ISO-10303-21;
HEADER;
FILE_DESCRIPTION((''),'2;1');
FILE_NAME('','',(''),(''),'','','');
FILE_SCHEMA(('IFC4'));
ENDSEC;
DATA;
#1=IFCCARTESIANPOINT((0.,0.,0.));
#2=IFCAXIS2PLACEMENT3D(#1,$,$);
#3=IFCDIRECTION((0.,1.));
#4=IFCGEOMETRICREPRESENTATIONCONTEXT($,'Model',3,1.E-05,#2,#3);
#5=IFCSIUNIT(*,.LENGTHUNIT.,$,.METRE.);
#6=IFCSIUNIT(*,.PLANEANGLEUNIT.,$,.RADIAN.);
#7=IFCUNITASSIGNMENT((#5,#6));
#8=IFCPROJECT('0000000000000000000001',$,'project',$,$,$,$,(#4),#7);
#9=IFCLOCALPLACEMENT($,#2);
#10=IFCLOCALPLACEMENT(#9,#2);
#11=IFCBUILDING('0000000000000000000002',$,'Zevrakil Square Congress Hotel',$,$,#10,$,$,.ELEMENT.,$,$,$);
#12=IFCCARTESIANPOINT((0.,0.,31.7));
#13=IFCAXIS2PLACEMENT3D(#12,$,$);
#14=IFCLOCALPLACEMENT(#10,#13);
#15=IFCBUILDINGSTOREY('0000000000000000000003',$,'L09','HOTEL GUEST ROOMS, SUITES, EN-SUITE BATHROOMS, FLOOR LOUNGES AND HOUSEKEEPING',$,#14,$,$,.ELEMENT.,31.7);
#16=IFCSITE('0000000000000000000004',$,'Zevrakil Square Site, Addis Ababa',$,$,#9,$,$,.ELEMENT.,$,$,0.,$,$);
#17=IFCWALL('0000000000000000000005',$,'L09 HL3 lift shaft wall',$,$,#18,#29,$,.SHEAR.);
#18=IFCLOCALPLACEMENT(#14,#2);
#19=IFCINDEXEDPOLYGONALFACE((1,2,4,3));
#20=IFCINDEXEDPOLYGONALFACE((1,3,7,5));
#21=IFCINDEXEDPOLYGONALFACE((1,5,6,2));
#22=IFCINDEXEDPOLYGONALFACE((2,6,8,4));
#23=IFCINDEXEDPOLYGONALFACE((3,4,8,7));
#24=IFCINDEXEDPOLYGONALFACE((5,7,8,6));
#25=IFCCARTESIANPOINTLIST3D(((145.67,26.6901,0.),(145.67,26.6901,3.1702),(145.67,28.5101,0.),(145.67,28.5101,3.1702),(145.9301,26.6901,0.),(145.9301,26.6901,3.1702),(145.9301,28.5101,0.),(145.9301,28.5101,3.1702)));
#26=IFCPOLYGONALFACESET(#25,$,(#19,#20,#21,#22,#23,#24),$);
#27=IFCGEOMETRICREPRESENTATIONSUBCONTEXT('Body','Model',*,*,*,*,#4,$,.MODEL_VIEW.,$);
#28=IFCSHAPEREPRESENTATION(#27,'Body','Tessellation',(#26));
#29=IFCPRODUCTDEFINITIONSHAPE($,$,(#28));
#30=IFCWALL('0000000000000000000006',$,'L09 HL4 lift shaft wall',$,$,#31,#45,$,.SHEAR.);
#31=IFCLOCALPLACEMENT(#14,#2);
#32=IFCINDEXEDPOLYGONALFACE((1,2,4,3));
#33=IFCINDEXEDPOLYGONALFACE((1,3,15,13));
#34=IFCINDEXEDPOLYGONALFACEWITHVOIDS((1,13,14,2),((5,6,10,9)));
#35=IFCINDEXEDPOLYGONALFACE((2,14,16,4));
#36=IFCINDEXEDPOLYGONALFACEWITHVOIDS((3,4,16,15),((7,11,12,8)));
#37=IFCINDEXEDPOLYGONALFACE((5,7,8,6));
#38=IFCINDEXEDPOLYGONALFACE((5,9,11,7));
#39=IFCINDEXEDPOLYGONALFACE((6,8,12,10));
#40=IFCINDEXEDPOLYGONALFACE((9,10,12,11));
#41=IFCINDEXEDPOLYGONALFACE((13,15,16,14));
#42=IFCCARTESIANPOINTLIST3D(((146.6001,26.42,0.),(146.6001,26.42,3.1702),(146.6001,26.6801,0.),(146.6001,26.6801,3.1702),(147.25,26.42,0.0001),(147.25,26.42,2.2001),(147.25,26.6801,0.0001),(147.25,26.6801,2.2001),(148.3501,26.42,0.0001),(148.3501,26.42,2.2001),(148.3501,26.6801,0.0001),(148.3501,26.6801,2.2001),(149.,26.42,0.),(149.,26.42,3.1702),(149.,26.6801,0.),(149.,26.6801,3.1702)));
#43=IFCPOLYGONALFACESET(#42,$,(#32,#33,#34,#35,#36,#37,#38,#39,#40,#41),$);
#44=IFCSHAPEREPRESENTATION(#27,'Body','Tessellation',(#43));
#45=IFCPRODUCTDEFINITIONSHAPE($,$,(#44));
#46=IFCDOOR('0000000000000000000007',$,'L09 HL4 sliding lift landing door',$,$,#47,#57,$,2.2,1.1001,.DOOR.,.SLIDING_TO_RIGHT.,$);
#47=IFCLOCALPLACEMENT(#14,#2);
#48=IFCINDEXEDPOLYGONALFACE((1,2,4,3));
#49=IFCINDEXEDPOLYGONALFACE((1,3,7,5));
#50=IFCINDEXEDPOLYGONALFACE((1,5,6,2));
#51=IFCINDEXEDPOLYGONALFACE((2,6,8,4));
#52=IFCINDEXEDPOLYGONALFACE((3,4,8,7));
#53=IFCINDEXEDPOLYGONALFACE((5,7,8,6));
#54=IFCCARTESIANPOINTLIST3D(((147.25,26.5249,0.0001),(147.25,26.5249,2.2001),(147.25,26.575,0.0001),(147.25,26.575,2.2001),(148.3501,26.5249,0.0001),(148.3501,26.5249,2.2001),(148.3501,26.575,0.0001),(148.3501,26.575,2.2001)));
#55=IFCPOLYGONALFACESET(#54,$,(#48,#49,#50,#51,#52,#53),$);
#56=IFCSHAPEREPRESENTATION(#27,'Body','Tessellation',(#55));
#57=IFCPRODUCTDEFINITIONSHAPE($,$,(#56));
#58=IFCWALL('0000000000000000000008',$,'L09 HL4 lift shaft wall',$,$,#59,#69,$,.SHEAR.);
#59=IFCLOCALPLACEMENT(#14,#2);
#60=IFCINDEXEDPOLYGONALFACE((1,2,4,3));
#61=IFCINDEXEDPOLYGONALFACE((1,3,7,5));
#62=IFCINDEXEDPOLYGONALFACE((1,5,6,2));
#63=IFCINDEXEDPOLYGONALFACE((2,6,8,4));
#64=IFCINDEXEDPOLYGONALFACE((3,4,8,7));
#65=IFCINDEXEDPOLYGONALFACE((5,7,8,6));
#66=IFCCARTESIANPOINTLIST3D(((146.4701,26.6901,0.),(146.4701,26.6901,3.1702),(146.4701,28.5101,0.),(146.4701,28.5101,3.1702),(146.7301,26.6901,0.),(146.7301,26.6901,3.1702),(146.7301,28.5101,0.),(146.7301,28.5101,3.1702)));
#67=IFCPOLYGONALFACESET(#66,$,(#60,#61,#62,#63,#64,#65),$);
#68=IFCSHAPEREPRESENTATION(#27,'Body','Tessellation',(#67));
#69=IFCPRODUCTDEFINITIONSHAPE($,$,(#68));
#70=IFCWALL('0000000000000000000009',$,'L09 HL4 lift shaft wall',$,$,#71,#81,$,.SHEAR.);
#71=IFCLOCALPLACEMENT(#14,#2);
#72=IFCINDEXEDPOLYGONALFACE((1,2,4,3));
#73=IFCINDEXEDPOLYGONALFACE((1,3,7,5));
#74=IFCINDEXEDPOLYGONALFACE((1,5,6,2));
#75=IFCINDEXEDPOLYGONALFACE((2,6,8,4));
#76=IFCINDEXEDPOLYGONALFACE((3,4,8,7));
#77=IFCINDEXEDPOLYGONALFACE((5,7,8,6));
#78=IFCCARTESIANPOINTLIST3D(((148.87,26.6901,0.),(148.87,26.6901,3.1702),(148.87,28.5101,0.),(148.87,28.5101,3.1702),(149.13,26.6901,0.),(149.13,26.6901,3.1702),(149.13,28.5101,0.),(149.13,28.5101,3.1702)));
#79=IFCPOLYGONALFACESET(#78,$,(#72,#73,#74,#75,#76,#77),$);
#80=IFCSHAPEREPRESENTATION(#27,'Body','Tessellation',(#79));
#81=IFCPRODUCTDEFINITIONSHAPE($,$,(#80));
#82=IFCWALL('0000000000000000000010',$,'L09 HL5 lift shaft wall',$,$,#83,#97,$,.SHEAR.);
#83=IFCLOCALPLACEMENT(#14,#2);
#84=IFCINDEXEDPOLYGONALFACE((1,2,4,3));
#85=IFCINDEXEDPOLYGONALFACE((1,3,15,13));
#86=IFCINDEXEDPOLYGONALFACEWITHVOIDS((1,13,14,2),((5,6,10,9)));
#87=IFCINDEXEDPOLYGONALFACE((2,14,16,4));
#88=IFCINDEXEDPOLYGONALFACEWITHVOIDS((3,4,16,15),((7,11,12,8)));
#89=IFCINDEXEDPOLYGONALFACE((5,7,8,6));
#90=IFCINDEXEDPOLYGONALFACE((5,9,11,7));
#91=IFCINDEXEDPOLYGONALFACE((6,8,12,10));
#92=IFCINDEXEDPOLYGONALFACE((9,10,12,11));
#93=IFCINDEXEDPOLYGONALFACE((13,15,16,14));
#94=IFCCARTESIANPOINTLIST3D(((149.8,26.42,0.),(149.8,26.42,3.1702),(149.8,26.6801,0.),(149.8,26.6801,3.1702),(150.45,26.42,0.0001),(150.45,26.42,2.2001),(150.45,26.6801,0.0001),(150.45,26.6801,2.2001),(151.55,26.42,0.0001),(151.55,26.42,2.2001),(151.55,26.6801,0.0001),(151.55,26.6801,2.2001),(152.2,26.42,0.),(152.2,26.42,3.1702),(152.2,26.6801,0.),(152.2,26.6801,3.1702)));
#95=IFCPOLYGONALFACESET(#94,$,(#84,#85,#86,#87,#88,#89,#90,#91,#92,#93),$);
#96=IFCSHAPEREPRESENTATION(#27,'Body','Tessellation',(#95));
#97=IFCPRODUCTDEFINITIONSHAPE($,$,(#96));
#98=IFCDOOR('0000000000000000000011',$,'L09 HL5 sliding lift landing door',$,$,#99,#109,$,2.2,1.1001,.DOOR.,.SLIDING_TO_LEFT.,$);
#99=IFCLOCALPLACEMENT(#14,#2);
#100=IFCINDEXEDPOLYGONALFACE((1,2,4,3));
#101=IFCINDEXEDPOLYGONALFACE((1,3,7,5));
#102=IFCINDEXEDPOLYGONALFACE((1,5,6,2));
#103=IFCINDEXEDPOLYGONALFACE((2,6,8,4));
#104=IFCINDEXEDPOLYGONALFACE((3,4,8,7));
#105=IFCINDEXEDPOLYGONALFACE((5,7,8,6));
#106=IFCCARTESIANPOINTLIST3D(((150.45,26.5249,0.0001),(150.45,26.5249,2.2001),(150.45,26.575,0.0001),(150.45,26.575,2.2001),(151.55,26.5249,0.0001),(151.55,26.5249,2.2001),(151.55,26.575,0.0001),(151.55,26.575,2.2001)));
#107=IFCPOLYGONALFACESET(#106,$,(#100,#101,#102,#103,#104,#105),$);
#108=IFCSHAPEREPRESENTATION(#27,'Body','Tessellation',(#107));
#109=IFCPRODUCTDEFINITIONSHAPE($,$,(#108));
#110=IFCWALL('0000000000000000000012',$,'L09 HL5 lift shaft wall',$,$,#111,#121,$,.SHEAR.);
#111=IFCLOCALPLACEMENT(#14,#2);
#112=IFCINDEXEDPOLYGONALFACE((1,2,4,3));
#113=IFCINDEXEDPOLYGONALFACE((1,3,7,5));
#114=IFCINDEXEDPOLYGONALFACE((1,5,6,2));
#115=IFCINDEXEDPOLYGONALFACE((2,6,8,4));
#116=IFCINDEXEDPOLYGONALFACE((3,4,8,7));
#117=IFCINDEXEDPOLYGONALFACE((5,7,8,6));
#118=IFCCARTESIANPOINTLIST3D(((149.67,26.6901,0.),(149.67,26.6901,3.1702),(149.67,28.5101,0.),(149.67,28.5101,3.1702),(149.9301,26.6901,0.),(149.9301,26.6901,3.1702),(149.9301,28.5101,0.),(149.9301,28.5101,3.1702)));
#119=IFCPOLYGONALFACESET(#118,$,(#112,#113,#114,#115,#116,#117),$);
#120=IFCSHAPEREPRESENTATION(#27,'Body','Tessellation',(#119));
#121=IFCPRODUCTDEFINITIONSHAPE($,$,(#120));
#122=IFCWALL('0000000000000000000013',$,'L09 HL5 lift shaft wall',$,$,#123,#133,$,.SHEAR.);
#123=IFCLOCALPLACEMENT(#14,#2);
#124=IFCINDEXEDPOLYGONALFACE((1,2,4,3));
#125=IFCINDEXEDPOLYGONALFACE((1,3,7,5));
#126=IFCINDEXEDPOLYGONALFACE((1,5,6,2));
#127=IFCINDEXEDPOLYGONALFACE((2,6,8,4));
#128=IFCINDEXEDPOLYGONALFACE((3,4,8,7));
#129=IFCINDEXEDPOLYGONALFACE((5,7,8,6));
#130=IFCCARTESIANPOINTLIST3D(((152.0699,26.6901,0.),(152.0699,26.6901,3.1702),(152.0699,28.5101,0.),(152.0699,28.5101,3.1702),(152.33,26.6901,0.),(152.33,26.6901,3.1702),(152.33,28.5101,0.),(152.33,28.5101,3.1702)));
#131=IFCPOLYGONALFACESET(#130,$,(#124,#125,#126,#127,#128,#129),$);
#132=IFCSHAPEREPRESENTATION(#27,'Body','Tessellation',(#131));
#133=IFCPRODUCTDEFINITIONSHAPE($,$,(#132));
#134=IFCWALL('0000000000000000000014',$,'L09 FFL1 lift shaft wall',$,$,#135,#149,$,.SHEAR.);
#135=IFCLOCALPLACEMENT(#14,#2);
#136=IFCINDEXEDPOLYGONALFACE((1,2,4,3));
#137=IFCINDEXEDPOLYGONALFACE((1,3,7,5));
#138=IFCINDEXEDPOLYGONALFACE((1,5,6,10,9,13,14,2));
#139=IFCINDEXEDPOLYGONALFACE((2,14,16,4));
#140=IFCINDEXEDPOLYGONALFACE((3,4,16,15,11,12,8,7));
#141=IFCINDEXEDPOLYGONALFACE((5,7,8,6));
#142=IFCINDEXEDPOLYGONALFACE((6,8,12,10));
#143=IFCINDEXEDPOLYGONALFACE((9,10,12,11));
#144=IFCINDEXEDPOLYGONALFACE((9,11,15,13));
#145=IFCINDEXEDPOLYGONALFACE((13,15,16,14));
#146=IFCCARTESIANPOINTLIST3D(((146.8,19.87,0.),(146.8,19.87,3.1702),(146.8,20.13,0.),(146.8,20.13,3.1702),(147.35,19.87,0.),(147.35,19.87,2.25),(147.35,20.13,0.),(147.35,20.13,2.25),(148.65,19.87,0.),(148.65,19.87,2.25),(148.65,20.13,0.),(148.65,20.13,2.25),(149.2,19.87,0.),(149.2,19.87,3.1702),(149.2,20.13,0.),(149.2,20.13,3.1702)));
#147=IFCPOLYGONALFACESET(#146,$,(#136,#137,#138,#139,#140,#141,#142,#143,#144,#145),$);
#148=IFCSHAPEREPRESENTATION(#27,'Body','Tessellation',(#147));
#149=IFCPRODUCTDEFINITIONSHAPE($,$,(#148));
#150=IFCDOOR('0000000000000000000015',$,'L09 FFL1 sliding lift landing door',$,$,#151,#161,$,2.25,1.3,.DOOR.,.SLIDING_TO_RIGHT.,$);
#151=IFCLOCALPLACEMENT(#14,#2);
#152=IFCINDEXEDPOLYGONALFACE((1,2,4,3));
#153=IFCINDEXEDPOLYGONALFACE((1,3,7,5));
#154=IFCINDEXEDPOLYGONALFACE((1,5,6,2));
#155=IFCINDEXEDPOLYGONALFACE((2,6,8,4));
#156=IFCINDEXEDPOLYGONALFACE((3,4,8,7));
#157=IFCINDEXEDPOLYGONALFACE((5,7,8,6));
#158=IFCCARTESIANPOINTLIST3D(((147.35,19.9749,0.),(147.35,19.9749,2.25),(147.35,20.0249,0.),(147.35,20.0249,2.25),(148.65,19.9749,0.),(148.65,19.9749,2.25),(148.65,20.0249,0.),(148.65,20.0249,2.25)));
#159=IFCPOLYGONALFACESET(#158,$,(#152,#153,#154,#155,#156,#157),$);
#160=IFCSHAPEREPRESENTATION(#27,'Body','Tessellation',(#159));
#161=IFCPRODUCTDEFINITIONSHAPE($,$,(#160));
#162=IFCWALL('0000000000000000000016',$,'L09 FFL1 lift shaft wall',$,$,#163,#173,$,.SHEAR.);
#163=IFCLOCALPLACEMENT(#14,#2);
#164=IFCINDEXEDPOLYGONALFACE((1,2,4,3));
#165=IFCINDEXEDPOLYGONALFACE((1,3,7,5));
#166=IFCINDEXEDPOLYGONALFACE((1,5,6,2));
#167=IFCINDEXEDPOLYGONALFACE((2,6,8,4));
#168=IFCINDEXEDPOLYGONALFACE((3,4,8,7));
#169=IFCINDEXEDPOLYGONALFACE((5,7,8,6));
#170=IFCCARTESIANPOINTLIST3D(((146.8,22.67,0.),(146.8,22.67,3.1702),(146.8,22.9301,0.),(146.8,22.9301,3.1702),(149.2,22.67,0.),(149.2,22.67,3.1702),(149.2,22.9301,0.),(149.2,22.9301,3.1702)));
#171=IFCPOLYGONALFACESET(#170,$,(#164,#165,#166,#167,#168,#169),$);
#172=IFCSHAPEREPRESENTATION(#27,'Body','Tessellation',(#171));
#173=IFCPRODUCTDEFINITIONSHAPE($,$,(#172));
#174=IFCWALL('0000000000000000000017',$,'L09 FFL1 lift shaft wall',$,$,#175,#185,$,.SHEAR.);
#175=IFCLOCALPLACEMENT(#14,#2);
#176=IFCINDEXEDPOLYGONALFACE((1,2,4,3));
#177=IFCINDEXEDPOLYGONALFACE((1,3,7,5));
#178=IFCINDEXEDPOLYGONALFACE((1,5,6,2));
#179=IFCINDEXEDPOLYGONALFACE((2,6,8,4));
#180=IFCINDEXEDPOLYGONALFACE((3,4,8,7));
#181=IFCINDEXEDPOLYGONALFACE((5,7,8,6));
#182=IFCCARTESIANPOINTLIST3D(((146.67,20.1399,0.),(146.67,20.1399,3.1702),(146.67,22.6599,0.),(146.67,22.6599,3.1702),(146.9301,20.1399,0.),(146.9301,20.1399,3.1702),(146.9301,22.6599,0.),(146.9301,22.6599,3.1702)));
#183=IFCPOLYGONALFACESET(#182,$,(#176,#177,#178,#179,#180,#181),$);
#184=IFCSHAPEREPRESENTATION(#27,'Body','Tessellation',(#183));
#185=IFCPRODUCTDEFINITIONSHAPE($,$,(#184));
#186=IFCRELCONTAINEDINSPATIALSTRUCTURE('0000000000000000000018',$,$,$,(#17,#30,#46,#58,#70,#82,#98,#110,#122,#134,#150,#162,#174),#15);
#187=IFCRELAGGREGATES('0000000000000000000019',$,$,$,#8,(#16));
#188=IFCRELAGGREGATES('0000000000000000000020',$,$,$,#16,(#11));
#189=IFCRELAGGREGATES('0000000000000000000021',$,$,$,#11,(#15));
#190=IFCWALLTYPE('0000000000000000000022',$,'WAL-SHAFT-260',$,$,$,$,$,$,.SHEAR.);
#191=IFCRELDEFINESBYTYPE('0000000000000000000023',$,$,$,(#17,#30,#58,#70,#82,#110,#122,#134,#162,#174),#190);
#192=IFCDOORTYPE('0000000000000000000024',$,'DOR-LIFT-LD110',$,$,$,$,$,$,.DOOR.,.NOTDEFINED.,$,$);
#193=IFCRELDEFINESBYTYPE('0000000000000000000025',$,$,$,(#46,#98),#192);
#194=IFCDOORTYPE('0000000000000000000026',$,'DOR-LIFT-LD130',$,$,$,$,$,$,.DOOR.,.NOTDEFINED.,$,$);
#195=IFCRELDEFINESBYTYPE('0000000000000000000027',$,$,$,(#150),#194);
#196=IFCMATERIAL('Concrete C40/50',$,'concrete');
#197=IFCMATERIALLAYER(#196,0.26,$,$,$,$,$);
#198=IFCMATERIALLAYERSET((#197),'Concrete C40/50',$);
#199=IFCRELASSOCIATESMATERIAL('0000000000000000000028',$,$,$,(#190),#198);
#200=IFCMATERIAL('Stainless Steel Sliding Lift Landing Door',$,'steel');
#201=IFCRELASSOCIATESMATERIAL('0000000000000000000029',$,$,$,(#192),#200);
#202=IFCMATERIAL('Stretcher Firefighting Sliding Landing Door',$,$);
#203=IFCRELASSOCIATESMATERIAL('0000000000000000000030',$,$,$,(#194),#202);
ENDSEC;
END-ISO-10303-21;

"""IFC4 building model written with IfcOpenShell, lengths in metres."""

from ifc_helpers import new_model, si_unit, direction, frame, frame_2d, origin, place, context, subcontext, project, spatial, rectangle, extrude, material, layer, layer_set, type_object, element, fill, save


model = new_model("IFC4")

# Units and contexts
model_context = context("Model", 3, precision=1e-05, world=origin(), true_north=direction((0.0, 1.0)))
body_context = subcontext(model_context, "Body", "Model", "MODEL_VIEW")
ifc_project = project(units=[si_unit("LENGTHUNIT", "METRE"), si_unit("PLANEANGLEUNIT", "RADIAN")], contexts=[model_context])

# Site, building, storey
site_placement = place(None, origin())
site = spatial("IfcSite", under=ifc_project, at=site_placement, Name="Zevrakil Square Site, Addis Ababa", CompositionType="ELEMENT", RefElevation=0.0)
building_placement = place(site_placement, origin())
building = spatial("IfcBuilding", under=site, at=building_placement, Name="Zevrakil Square Congress Hotel", CompositionType="ELEMENT")
storey_placement = place(building_placement, frame((0.0, 0.0, 31.7)))
storey = spatial("IfcBuildingStorey", under=building, at=storey_placement, Name="L09", Description="HOTEL GUEST ROOMS, SUITES, EN-SUITE BATHROOMS, FLOOR LOUNGES AND HOUSEKEEPING", CompositionType="ELEMENT", Elevation=31.7)

# Wall
ifc_material_1 = material(Name="Concrete C40/50", Category="concrete")
ifc_layer_1 = layer(ifc_material_1, 0.26)
ifc_layer_set_1 = layer_set([ifc_layer_1], Name="Concrete C40/50")
wall_type_1 = type_object("IfcWallType", Name="WAL-SHAFT-260", PredefinedType="SHEAR", material=ifc_layer_set_1)
wall_1_placement = place(storey_placement, frame((145.8, 26.6899, 0.0), z_axis=(0.0, 0.0, 1.0), x_axis=(0.0, 1.0, 0.0)))
element("IfcWall", 1, at=wall_1_placement, inside=storey, type_object=wall_type_1, Name="L09 HL3 lift shaft wall", PredefinedType="SHEAR", context=body_context, shape_type="SweptSolid", body=[
    extrude(rectangle(XDim=1.8201, YDim=0.26, at=frame_2d((0.9102, 0.0))), origin(), (0.0, 0.0, 1.0), 3.1702),
])

# Wall, opening, door
wall_2_placement = place(storey_placement, frame((146.6001, 26.55, 0.0), z_axis=(0.0, 0.0, 1.0), x_axis=(1.0, 0.0, 0.0)))
wall_2 = element("IfcWall", 2, at=wall_2_placement, inside=storey, type_object=wall_type_1, Name="L09 HL4 lift shaft wall", PredefinedType="SHEAR", context=body_context, shape_type="SweptSolid", body=[
    extrude(rectangle(XDim=2.3999, YDim=0.26, at=frame_2d((1.2, 0.0))), origin(), (0.0, 0.0, 1.0), 3.1702),
])
opening_1_placement = place(wall_2_placement, frame((0.6499, 0.0, 0.0)))
opening_1 = element("IfcOpeningElement", 3, at=opening_1_placement, cuts=wall_2, PredefinedType="OPENING", context=body_context, shape_type="SweptSolid", body=[
    extrude(rectangle(XDim=1.1001, YDim=2.2, at=frame_2d((0.55, 1.1001))), frame((0.0, 0.1401, 0.0), z_axis=(0.0, -1.0, 0.0), x_axis=(1.0, 0.0, 0.0)), (0.0, 0.0, 1.0), 0.28),
])
ifc_material_2 = material(Name="Stainless Steel Sliding Lift Landing Door", Category="steel")
door_type_1 = type_object("IfcDoorType", Name="DOR-LIFT-LD110", OperationType="NOTDEFINED", PredefinedType="DOOR", material=ifc_material_2)
door_1_placement = place(opening_1_placement, origin())
door_1 = element("IfcDoor", 4, at=door_1_placement, inside=storey, type_object=door_type_1, Name="L09 HL4 sliding lift landing door", OperationType="SLIDING_TO_RIGHT", OverallHeight=2.2, OverallWidth=1.1001, PredefinedType="DOOR", context=body_context, shape_type="SweptSolid", body=[
    extrude(rectangle(XDim=1.1001, YDim=2.2, at=frame_2d((0.55, 1.1001))), frame((0.0, 0.0249, 0.0), z_axis=(0.0, -1.0, 0.0), x_axis=(1.0, 0.0, 0.0)), (0.0, 0.0, 1.0), 0.05),
])
fill(opening_1, door_1)

# Walls
for number, where, z_axis, x_axis, name in (
    (5, (146.6001, 26.6899, 0.0), (0.0, 0.0, 1.0), (0.0, 1.0, 0.0), "L09 HL4 lift shaft wall"),
    (6, (149.0, 26.6899, 0.0), (0.0, 0.0, 1.0), (0.0, 1.0, 0.0), "L09 HL4 lift shaft wall"),
):
    element("IfcWall", number, at=place(storey_placement, frame(where, z_axis=z_axis, x_axis=x_axis)), inside=storey, type_object=wall_type_1, Name=name, PredefinedType="SHEAR", context=body_context, shape_type="SweptSolid", body=[
        extrude(rectangle(XDim=1.8201, YDim=0.26, at=frame_2d((0.9102, 0.0))), origin(), (0.0, 0.0, 1.0), 3.1702),
    ])

# Wall, opening, door
wall_3_placement = place(storey_placement, frame((149.8, 26.55, 0.0), z_axis=(0.0, 0.0, 1.0), x_axis=(1.0, 0.0, 0.0)))
wall_3 = element("IfcWall", 7, at=wall_3_placement, inside=storey, type_object=wall_type_1, Name="L09 HL5 lift shaft wall", PredefinedType="SHEAR", context=body_context, shape_type="SweptSolid", body=[
    extrude(rectangle(XDim=2.3999, YDim=0.26, at=frame_2d((1.2, 0.0))), origin(), (0.0, 0.0, 1.0), 3.1702),
])
opening_2_placement = place(wall_3_placement, frame((0.6499, 0.0, 0.0)))
opening_2 = element("IfcOpeningElement", 8, at=opening_2_placement, cuts=wall_3, PredefinedType="OPENING", context=body_context, shape_type="SweptSolid", body=[
    extrude(rectangle(XDim=1.1001, YDim=2.2, at=frame_2d((0.55, 1.1001))), frame((0.0, 0.1401, 0.0), z_axis=(0.0, -1.0, 0.0), x_axis=(1.0, 0.0, 0.0)), (0.0, 0.0, 1.0), 0.28),
])
door_2_placement = place(opening_2_placement, origin())
door_2 = element("IfcDoor", 9, at=door_2_placement, inside=storey, type_object=door_type_1, Name="L09 HL5 sliding lift landing door", OperationType="SLIDING_TO_LEFT", OverallHeight=2.2, OverallWidth=1.1001, PredefinedType="DOOR", context=body_context, shape_type="SweptSolid", body=[
    extrude(rectangle(XDim=1.1001, YDim=2.2, at=frame_2d((0.55, 1.1001))), frame((0.0, 0.0249, 0.0), z_axis=(0.0, -1.0, 0.0), x_axis=(1.0, 0.0, 0.0)), (0.0, 0.0, 1.0), 0.05),
])
fill(opening_2, door_2)

# Walls
for number, where, z_axis, x_axis, name in (
    (10, (149.8, 26.6899, 0.0), (0.0, 0.0, 1.0), (0.0, 1.0, 0.0), "L09 HL5 lift shaft wall"),
    (11, (152.2, 26.6899, 0.0), (0.0, 0.0, 1.0), (0.0, 1.0, 0.0), "L09 HL5 lift shaft wall"),
):
    element("IfcWall", number, at=place(storey_placement, frame(where, z_axis=z_axis, x_axis=x_axis)), inside=storey, type_object=wall_type_1, Name=name, PredefinedType="SHEAR", context=body_context, shape_type="SweptSolid", body=[
        extrude(rectangle(XDim=1.8201, YDim=0.26, at=frame_2d((0.9102, 0.0))), origin(), (0.0, 0.0, 1.0), 3.1702),
    ])

# Wall, opening, door
wall_4_placement = place(storey_placement, frame((146.8, 20.0, 0.0), z_axis=(0.0, 0.0, 1.0), x_axis=(1.0, 0.0, 0.0)))
wall_4 = element("IfcWall", 12, at=wall_4_placement, inside=storey, type_object=wall_type_1, Name="L09 FFL1 lift shaft wall", PredefinedType="SHEAR", context=body_context, shape_type="SweptSolid", body=[
    extrude(rectangle(XDim=2.3999, YDim=0.26, at=frame_2d((1.2, 0.0))), origin(), (0.0, 0.0, 1.0), 3.1702),
])
opening_3_placement = place(wall_4_placement, frame((0.55, 0.0, 0.0)))
opening_3 = element("IfcOpeningElement", 13, at=opening_3_placement, cuts=wall_4, PredefinedType="OPENING", context=body_context, shape_type="SweptSolid", body=[
    extrude(rectangle(XDim=1.3, YDim=2.25, at=frame_2d((0.6499, 1.125))), frame((0.0, 0.1401, 0.0), z_axis=(0.0, -1.0, 0.0), x_axis=(1.0, 0.0, 0.0)), (0.0, 0.0, 1.0), 0.28),
])
ifc_material_3 = material(Name="Stretcher Firefighting Sliding Landing Door")
door_type_2 = type_object("IfcDoorType", Name="DOR-LIFT-LD130", OperationType="NOTDEFINED", PredefinedType="DOOR", material=ifc_material_3)
door_3_placement = place(opening_3_placement, origin())
door_3 = element("IfcDoor", 14, at=door_3_placement, inside=storey, type_object=door_type_2, Name="L09 FFL1 sliding lift landing door", OperationType="SLIDING_TO_RIGHT", OverallHeight=2.25, OverallWidth=1.3, PredefinedType="DOOR", context=body_context, shape_type="SweptSolid", body=[
    extrude(rectangle(XDim=1.3, YDim=2.25, at=frame_2d((0.6499, 1.125))), frame((0.0, 0.0249, 0.0), z_axis=(0.0, -1.0, 0.0), x_axis=(1.0, 0.0, 0.0)), (0.0, 0.0, 1.0), 0.05),
])
fill(opening_3, door_3)

# Walls
wall_5_placement = place(storey_placement, frame((146.8, 22.8, 0.0), z_axis=(0.0, 0.0, 1.0), x_axis=(1.0, 0.0, 0.0)))
element("IfcWall", 15, at=wall_5_placement, inside=storey, type_object=wall_type_1, Name="L09 FFL1 lift shaft wall", PredefinedType="SHEAR", context=body_context, shape_type="SweptSolid", body=[
    extrude(rectangle(XDim=2.3999, YDim=0.26, at=frame_2d((1.2, 0.0))), origin(), (0.0, 0.0, 1.0), 3.1702),
])
for number, where, z_axis, x_axis, name in (
    (16, (146.8, 20.1399, 0.0), (0.0, 0.0, 1.0), (0.0, 1.0, 0.0), "L09 FFL1 lift shaft wall"),
):
    element("IfcWall", number, at=place(storey_placement, frame(where, z_axis=z_axis, x_axis=x_axis)), inside=storey, type_object=wall_type_1, Name=name, PredefinedType="SHEAR", context=body_context, shape_type="SweptSolid", body=[
        extrude(rectangle(XDim=2.52, YDim=0.26, at=frame_2d((1.26, 0.0))), origin(), (0.0, 0.0, 1.0), 3.1702),
    ])

save(model, "model.ifc")
